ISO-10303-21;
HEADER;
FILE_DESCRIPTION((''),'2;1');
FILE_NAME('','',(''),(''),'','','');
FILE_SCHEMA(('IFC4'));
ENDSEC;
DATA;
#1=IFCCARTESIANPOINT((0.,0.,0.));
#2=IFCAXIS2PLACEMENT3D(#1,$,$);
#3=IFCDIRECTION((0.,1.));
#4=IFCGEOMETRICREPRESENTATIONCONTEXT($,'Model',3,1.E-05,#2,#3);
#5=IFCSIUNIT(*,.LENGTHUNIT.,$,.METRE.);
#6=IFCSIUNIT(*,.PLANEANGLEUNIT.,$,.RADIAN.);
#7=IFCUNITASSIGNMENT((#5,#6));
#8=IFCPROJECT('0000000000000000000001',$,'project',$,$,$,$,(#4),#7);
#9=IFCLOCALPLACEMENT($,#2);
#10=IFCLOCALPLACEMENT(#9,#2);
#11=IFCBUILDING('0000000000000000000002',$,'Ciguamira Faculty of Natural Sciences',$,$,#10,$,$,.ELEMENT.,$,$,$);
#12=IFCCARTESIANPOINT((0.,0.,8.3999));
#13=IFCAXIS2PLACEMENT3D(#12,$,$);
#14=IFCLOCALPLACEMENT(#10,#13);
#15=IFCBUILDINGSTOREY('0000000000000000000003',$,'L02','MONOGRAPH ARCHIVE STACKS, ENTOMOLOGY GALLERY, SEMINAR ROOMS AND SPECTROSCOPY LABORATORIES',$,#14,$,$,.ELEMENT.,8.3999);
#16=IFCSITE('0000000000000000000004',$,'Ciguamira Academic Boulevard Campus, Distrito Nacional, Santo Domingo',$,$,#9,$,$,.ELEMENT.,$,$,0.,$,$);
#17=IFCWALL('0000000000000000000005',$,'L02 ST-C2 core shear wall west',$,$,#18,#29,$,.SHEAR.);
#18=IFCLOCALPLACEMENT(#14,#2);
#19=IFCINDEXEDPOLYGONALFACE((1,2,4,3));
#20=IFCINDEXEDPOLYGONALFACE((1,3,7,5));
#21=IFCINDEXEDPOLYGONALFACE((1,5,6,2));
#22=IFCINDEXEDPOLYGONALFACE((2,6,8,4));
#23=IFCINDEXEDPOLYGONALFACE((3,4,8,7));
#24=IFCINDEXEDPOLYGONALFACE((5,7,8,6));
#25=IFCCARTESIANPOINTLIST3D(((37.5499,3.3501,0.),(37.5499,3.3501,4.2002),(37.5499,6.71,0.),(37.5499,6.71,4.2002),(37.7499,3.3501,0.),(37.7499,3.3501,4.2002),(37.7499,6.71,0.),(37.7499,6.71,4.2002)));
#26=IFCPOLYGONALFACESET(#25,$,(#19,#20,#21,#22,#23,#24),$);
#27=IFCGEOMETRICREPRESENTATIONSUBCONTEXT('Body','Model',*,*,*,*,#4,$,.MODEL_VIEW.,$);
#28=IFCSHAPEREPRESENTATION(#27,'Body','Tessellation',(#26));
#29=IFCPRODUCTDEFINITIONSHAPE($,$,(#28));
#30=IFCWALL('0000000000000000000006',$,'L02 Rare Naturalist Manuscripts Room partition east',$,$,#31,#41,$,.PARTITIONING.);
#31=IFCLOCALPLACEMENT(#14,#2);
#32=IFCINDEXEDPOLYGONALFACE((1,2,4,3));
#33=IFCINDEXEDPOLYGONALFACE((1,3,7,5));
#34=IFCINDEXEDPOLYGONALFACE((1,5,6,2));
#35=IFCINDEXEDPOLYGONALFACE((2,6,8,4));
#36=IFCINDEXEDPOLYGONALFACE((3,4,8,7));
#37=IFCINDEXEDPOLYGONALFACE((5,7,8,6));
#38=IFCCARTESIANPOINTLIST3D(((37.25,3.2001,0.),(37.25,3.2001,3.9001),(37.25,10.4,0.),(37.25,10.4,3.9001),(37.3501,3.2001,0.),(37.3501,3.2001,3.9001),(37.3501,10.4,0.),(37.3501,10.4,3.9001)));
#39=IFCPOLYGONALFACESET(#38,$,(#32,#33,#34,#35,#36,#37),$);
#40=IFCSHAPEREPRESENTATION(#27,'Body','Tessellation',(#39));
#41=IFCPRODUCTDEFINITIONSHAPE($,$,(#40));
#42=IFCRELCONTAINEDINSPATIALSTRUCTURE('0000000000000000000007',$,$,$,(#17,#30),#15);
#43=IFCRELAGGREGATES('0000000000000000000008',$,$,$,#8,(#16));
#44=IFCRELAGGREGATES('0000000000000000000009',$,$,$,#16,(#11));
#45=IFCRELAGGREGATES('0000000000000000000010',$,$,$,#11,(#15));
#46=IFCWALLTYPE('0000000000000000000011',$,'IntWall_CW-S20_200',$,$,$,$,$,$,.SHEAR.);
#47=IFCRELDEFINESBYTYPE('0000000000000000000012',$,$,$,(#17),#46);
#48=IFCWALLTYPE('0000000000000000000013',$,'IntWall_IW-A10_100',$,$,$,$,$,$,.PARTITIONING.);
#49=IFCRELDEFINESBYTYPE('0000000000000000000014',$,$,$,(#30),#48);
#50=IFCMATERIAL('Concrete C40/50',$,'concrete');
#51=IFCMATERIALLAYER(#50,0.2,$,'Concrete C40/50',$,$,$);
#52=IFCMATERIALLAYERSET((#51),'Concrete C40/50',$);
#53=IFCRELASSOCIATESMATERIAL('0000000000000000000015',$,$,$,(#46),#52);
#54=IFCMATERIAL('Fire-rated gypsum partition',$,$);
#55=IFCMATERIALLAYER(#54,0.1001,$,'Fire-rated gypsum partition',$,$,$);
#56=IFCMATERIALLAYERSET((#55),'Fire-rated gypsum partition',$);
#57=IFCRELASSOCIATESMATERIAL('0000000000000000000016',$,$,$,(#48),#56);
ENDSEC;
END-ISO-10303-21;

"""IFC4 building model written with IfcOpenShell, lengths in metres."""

from ifc_helpers import new_model, si_unit, direction, frame, frame_2d, origin, place, context, subcontext, project, spatial, rectangle, extrude, material, layer, layer_set, type_object, element, save


model = new_model("IFC4")

# Units and contexts
model_context = context("Model", 3, precision=1e-05, world=origin(), true_north=direction((0.0, 1.0)))
body_context = subcontext(model_context, "Body", "Model", "MODEL_VIEW")
ifc_project = project(units=[si_unit("LENGTHUNIT", "METRE"), si_unit("PLANEANGLEUNIT", "RADIAN")], contexts=[model_context])

# Site, building, storey
site_placement = place(None, origin())
site = spatial("IfcSite", under=ifc_project, at=site_placement, Name="Ciguamira Academic Boulevard Campus, Distrito Nacional, Santo Domingo", CompositionType="ELEMENT", RefElevation=0.0)
building_placement = place(site_placement, origin())
building = spatial("IfcBuilding", under=site, at=building_placement, Name="Ciguamira Faculty of Natural Sciences", CompositionType="ELEMENT")
storey_placement = place(building_placement, frame((0.0, 0.0, 8.3999)))
storey = spatial("IfcBuildingStorey", under=building, at=storey_placement, Name="L02", Description="MONOGRAPH ARCHIVE STACKS, ENTOMOLOGY GALLERY, SEMINAR ROOMS AND SPECTROSCOPY LABORATORIES", CompositionType="ELEMENT", Elevation=8.3999)

# Shared definitions
ifc_material_1 = material(Name="Concrete C40/50", Category="concrete")

# Shared definitions
ifc_layer_1 = layer(ifc_material_1, 0.2, Name="Concrete C40/50")
ifc_layer_set_1 = layer_set([ifc_layer_1], Name="Concrete C40/50")
wall_type_1 = type_object("IfcWallType", Name="IntWall_CW-S20_200", PredefinedType="SHEAR", material=ifc_layer_set_1)

# Walls
wall_1_placement = place(storey_placement, frame((37.6499, 3.3501, 0.0), z_axis=(0.0, 0.0, 1.0), x_axis=(0.0, 1.0, 0.0)))
element("IfcWall", 1, at=wall_1_placement, inside=storey, type_object=wall_type_1, Name="L02 ST-C2 core shear wall west", PredefinedType="SHEAR", context=body_context, shape_type="SweptSolid", body=[
    extrude(rectangle(XDim=3.3599, YDim=0.2, at=frame_2d((1.6799, 0.0))), origin(), (0.0, 0.0, 1.0), 4.2002),
])
ifc_material_2 = material(Name="Fire-rated gypsum partition")
ifc_layer_2 = layer(ifc_material_2, 0.1001, Name="Fire-rated gypsum partition")
ifc_layer_set_2 = layer_set([ifc_layer_2], Name="Fire-rated gypsum partition")
wall_type_2 = type_object("IfcWallType", Name="IntWall_IW-A10_100", PredefinedType="PARTITIONING", material=ifc_layer_set_2)
wall_2_placement = place(storey_placement, frame((37.3, 3.2, 0.0), z_axis=(0.0, 0.0, 1.0), x_axis=(0.0, 1.0, 0.0)))
element("IfcWall", 2, at=wall_2_placement, inside=storey, type_object=wall_type_2, Name="L02 Rare Naturalist Manuscripts Room partition east", PredefinedType="PARTITIONING", context=body_context, shape_type="SweptSolid", body=[
    extrude(rectangle(XDim=7.2, YDim=0.1001, at=frame_2d((3.6001, 0.0))), origin(), (0.0, 0.0, 1.0), 3.9001),
])

save(model, "model.ifc")
